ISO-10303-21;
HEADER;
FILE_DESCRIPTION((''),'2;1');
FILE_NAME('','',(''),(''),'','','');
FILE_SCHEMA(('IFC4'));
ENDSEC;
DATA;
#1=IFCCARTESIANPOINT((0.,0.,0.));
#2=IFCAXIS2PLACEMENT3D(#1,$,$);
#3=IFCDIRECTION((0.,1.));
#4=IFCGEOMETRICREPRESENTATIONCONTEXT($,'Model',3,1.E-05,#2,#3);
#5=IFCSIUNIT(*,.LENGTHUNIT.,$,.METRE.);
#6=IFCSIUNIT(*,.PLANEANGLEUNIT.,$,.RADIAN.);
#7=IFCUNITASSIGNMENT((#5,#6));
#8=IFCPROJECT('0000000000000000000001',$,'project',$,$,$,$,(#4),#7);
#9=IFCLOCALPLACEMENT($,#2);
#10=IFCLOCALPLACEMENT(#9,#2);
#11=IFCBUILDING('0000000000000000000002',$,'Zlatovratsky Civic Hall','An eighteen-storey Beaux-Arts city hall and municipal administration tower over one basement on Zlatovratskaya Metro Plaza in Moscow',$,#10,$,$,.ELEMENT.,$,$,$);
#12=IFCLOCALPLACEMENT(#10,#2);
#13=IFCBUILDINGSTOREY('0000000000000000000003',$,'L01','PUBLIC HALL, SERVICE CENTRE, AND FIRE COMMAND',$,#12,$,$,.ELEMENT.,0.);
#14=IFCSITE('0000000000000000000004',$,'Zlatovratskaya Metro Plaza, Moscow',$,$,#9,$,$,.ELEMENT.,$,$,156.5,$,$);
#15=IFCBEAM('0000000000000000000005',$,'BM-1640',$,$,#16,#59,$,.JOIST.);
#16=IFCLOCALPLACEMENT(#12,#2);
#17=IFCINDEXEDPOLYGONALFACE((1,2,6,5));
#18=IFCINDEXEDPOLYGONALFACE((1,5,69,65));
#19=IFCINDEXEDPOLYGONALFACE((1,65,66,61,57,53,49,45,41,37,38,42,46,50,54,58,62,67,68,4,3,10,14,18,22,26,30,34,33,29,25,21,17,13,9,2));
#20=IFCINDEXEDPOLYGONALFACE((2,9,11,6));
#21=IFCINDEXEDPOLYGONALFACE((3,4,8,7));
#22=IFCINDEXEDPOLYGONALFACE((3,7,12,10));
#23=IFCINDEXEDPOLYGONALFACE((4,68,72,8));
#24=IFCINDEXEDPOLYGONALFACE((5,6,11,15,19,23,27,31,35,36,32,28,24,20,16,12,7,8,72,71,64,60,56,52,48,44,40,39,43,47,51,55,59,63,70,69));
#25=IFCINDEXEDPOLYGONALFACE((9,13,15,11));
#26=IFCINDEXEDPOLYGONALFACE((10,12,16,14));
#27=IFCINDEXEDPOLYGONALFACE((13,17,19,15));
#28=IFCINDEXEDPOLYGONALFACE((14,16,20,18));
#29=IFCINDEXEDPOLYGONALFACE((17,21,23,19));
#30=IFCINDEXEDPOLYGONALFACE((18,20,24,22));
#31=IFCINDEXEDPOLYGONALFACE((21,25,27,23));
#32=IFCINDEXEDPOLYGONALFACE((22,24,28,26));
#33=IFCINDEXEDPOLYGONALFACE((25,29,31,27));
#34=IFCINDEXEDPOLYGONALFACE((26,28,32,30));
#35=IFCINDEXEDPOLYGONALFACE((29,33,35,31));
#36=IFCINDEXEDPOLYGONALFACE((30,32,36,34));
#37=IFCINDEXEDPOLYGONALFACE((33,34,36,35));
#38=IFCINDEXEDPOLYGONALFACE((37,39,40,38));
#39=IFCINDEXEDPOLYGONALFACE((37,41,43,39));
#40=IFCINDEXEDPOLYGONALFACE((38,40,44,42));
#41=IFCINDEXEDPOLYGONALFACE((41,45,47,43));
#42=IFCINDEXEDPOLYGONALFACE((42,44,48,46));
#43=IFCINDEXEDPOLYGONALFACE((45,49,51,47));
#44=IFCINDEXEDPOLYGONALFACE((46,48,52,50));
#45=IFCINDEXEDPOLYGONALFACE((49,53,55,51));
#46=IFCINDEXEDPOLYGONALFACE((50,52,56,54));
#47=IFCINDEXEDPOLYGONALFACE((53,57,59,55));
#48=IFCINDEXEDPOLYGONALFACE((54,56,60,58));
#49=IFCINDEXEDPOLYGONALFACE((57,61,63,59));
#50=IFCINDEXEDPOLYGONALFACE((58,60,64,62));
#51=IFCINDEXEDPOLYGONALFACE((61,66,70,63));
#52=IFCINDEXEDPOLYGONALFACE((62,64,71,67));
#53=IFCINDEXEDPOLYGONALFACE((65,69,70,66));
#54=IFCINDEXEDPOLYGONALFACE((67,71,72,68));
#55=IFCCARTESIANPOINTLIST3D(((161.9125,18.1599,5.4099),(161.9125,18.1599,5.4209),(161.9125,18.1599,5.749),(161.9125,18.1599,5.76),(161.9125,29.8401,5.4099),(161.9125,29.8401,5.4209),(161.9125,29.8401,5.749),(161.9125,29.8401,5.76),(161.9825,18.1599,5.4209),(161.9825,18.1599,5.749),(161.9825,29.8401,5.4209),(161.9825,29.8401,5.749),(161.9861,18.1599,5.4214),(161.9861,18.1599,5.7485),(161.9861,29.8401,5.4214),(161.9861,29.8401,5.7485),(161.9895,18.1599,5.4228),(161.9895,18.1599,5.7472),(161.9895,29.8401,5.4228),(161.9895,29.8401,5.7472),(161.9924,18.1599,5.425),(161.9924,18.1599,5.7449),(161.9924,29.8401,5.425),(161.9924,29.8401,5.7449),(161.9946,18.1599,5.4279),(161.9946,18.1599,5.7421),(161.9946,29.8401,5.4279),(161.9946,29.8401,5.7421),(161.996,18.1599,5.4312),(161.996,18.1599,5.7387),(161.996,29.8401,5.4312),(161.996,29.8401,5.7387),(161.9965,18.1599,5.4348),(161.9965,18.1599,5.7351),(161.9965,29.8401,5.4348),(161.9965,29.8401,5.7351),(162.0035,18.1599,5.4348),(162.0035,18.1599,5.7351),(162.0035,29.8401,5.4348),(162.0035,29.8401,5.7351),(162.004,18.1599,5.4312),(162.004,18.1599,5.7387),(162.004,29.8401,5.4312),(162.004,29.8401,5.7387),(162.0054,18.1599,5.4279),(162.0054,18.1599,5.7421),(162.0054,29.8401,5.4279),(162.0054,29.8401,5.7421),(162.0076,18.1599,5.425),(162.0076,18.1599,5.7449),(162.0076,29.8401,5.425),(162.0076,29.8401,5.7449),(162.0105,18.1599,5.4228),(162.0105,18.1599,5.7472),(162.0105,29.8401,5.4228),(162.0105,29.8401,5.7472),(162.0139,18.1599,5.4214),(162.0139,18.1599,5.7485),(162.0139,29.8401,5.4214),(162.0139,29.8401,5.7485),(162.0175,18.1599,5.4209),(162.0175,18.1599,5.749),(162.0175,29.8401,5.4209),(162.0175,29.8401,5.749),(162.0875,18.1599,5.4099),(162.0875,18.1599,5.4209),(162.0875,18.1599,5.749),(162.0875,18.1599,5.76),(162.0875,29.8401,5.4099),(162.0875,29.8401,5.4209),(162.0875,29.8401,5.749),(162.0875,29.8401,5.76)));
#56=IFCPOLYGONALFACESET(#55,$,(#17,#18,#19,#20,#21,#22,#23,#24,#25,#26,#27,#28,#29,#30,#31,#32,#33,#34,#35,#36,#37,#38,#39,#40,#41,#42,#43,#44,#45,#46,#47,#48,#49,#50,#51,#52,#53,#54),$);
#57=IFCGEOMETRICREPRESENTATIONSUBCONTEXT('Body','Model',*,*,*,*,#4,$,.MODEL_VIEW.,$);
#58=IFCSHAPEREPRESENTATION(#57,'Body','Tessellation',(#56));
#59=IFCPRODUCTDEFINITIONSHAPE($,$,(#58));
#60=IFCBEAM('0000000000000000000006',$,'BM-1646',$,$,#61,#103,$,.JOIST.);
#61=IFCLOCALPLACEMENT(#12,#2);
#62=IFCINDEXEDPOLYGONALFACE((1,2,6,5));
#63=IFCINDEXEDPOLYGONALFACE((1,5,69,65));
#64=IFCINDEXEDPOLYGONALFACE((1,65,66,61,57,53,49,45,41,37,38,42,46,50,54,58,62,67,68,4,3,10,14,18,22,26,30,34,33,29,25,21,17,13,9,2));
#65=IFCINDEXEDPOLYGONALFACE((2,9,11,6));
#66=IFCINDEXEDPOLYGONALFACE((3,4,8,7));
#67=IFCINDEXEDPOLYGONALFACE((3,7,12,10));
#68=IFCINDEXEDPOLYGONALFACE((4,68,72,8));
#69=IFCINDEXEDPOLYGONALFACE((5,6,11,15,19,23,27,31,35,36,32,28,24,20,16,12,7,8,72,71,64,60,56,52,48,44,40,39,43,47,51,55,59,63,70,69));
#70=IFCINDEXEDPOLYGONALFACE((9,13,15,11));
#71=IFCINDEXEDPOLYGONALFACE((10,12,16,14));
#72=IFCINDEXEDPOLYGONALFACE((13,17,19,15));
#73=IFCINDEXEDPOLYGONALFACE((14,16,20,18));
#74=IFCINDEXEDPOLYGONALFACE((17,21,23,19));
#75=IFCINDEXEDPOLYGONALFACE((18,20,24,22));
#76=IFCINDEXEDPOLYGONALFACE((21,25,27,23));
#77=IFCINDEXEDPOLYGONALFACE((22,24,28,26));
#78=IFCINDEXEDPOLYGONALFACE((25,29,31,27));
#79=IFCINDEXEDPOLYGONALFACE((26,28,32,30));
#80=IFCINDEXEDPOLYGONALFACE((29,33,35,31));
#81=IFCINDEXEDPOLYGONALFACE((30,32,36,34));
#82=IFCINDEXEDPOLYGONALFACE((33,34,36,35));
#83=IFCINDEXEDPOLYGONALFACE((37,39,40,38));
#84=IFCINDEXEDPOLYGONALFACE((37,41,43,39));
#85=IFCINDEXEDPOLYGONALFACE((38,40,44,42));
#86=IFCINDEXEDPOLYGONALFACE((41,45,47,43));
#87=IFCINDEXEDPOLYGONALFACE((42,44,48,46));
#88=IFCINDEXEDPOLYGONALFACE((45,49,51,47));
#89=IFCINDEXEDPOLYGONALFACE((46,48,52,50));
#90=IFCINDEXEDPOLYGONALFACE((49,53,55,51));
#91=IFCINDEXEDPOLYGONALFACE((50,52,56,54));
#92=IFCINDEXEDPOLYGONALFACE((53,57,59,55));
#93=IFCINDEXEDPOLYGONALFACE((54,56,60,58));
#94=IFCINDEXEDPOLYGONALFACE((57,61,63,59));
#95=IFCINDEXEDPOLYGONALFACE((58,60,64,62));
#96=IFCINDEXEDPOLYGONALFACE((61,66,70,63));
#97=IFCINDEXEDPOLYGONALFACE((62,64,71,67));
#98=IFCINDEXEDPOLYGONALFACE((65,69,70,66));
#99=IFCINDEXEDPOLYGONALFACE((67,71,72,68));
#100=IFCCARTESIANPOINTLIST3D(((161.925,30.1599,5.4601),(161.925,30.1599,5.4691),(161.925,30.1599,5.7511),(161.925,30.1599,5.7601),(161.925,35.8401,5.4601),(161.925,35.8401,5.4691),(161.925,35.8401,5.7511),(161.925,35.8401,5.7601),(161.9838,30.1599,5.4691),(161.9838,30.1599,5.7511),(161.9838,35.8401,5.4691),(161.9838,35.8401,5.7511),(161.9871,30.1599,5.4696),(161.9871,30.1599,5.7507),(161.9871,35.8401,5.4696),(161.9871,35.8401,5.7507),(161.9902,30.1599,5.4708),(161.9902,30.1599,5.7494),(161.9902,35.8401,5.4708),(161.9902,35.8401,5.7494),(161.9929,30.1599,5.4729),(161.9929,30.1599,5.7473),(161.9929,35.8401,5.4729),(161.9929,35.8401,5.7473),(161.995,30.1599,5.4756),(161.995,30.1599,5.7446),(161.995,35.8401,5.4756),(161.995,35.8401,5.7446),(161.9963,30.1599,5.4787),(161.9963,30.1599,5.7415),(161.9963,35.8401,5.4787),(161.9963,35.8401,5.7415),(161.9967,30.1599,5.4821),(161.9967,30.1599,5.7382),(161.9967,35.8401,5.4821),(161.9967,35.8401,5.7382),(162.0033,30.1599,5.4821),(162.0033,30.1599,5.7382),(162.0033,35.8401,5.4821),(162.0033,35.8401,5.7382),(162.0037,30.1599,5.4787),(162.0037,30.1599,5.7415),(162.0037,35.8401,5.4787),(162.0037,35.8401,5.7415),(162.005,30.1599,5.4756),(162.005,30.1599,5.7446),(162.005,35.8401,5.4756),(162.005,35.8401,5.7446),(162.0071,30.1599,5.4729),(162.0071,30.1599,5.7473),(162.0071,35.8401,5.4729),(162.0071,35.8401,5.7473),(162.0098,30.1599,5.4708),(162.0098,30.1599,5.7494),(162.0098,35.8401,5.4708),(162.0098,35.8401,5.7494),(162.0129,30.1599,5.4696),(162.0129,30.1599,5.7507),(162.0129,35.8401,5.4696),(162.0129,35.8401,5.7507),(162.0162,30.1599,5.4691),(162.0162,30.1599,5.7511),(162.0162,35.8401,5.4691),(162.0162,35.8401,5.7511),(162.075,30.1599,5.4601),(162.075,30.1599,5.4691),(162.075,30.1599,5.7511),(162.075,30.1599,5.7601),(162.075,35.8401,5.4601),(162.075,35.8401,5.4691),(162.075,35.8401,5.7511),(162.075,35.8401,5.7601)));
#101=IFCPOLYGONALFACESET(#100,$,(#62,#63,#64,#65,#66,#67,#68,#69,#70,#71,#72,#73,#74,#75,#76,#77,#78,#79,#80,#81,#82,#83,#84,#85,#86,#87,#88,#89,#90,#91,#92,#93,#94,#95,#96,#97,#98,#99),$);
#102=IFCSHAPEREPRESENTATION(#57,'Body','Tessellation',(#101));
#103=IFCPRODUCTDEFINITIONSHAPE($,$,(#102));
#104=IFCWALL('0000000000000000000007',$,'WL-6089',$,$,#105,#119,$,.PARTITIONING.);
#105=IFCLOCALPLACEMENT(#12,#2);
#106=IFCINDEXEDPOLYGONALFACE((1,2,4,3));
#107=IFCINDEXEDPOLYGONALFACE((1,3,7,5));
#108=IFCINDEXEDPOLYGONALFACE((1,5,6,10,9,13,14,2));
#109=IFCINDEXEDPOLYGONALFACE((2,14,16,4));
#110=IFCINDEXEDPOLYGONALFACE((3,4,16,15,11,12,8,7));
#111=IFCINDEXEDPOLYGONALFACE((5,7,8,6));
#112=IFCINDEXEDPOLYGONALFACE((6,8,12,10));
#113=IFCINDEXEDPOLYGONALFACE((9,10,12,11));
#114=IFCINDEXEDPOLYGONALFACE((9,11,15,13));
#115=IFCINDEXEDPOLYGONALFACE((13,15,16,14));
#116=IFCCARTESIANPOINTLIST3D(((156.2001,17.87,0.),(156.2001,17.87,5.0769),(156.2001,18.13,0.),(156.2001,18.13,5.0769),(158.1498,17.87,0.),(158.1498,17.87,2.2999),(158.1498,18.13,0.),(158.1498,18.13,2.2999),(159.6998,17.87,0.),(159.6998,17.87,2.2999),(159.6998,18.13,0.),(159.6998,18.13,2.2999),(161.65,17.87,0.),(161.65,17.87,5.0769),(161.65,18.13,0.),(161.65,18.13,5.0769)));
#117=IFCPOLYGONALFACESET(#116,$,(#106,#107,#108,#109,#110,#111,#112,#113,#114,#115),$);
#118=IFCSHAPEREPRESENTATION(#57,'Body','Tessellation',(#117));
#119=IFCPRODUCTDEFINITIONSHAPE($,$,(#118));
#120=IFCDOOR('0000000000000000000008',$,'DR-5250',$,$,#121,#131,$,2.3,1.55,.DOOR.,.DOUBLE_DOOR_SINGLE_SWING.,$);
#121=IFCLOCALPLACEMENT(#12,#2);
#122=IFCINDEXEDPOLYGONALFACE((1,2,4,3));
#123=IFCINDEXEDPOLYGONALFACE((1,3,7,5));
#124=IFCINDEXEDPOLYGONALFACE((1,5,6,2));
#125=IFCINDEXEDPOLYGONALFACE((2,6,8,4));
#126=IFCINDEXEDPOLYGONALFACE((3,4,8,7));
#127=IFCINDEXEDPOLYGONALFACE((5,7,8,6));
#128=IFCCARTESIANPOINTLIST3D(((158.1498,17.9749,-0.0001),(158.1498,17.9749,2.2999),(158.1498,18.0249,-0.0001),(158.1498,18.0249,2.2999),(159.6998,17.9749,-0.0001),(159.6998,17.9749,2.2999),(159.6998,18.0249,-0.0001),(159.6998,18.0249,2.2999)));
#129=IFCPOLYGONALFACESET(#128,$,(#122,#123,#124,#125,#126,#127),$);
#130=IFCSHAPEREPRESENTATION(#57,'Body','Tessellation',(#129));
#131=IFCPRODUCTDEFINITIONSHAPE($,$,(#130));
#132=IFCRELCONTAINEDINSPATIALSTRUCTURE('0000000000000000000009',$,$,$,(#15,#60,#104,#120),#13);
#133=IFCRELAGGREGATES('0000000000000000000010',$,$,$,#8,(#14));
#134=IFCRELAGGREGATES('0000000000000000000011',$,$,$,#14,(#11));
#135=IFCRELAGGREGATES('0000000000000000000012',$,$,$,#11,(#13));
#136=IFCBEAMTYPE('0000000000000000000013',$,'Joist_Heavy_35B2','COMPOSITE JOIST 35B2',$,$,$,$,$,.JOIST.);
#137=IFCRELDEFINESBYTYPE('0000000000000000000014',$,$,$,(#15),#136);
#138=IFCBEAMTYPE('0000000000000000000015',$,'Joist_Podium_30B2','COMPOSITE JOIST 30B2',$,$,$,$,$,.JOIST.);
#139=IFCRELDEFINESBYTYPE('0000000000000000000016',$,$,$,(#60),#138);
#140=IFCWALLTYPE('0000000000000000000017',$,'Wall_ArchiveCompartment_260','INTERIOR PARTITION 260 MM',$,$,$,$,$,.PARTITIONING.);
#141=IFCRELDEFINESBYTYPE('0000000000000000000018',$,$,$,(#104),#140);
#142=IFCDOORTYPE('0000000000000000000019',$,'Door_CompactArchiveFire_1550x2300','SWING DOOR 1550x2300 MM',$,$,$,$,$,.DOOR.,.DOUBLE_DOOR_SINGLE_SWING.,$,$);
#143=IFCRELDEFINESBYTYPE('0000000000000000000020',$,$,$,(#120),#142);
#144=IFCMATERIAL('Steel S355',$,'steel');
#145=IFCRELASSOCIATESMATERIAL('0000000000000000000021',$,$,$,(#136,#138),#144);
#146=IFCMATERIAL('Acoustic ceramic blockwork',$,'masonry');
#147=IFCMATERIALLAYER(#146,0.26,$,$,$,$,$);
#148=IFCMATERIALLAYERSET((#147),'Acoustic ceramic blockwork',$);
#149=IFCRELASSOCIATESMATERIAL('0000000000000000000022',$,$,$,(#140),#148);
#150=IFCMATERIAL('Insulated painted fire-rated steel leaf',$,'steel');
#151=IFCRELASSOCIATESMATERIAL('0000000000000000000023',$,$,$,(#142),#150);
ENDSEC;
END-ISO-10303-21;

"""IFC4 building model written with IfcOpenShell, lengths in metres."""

from ifc_helpers import new_model, si_unit, direction, frame, frame_2d, origin, origin_2d, place, context, subcontext, project, spatial, rectangle, i_section, extrude, material, layer, layer_set, material_profile, profile_set, type_object, element, fill, save


model = new_model("IFC4")

# Units and contexts
model_context = context("Model", 3, precision=1e-05, world=origin(), true_north=direction((0.0, 1.0)))
body_context = subcontext(model_context, "Body", "Model", "MODEL_VIEW")
ifc_project = project(units=[si_unit("LENGTHUNIT", "METRE"), si_unit("PLANEANGLEUNIT", "RADIAN")], contexts=[model_context])

# Site, building, storey
site_placement = place(None, origin())
site = spatial("IfcSite", under=ifc_project, at=site_placement, Name="Zlatovratskaya Metro Plaza, Moscow", CompositionType="ELEMENT", RefElevation=156.5)
building_placement = place(site_placement, origin())
building = spatial("IfcBuilding", under=site, at=building_placement, Name="Zlatovratsky Civic Hall", Description="An eighteen-storey Beaux-Arts city hall and municipal administration tower over one basement on Zlatovratskaya Metro Plaza in Moscow", CompositionType="ELEMENT")
storey_placement = place(building_placement, origin())
storey = spatial("IfcBuildingStorey", under=building, at=storey_placement, Name="L01", Description="PUBLIC HALL, SERVICE CENTRE, AND FIRE COMMAND", CompositionType="ELEMENT", Elevation=0.0)

# Beams
ifc_material_1 = material(Name="Steel S355", Category="steel")
ifc_material_profile_1 = material_profile(ifc_material_1, i_section(OverallWidth=0.175, OverallDepth=0.3501, WebThickness=0.0071, FlangeThickness=0.011, FilletRadius=0.0139, at=origin_2d()), Name="35B2")
ifc_profile_set_1 = profile_set([ifc_material_profile_1], Name="Steel S355")
beam_type_1 = type_object("IfcBeamType", Name="Joist_Heavy_35B2", Description="COMPOSITE JOIST 35B2", PredefinedType="JOIST", material=ifc_profile_set_1)
beam_1_placement = place(storey_placement, frame((162.0, 18.1599, 5.585), z_axis=(0.0, 1.0, 0.0), x_axis=(-1.0, 0.0, 0.0)))
element("IfcBeam", 1, at=beam_1_placement, inside=storey, type_object=beam_type_1, Name="BM-1640", PredefinedType="JOIST", context=body_context, shape_type="SweptSolid", body=[
    extrude(i_section(OverallWidth=0.175, OverallDepth=0.3501, WebThickness=0.0071, FlangeThickness=0.011, FilletRadius=0.0139, at=origin_2d()), origin(), (0.0, 0.0, 1.0), 11.6802),
])
ifc_material_profile_2 = material_profile(ifc_material_1, i_section(OverallWidth=0.1499, OverallDepth=0.3, WebThickness=0.0066, FlangeThickness=0.009, FilletRadius=0.0129, at=origin_2d()), Name="30B2")
ifc_profile_set_2 = profile_set([ifc_material_profile_2], Name="Steel S355")
beam_type_2 = type_object("IfcBeamType", Name="Joist_Podium_30B2", Description="COMPOSITE JOIST 30B2", PredefinedType="JOIST", material=ifc_profile_set_2)
beam_2_placement = place(storey_placement, frame((162.0, 30.1599, 5.6101), z_axis=(0.0, 1.0, 0.0), x_axis=(-1.0, 0.0, 0.0)))
element("IfcBeam", 2, at=beam_2_placement, inside=storey, type_object=beam_type_2, Name="BM-1646", PredefinedType="JOIST", context=body_context, shape_type="SweptSolid", body=[
    extrude(i_section(OverallWidth=0.1499, OverallDepth=0.3, WebThickness=0.0066, FlangeThickness=0.009, FilletRadius=0.0129, at=origin_2d()), origin(), (0.0, 0.0, 1.0), 5.6802),
])

# Wall, opening, door
ifc_material_2 = material(Name="Acoustic ceramic blockwork", Category="masonry")
ifc_layer_1 = layer(ifc_material_2, 0.26)
ifc_layer_set_1 = layer_set([ifc_layer_1], Name="Acoustic ceramic blockwork")
wall_type_1 = type_object("IfcWallType", Name="Wall_ArchiveCompartment_260", Description="INTERIOR PARTITION 260 MM", PredefinedType="PARTITIONING", material=ifc_layer_set_1)
wall_1_placement = place(storey_placement, frame((156.2, 18.0, 0.0), z_axis=(0.0, 0.0, 1.0), x_axis=(1.0, 0.0, 0.0)))
wall_1 = element("IfcWall", 3, at=wall_1_placement, inside=storey, type_object=wall_type_1, Name="WL-6089", PredefinedType="PARTITIONING", context=body_context, shape_type="SweptSolid", body=[
    extrude(rectangle(XDim=5.45, YDim=0.26, at=frame_2d((2.7251, 0.0))), origin(), (0.0, 0.0, 1.0), 5.0769),
])
opening_1_placement = place(wall_1_placement, frame((1.95, 0.0, 0.0)))
opening_1 = element("IfcOpeningElement", 4, at=opening_1_placement, cuts=wall_1, PredefinedType="OPENING", context=body_context, shape_type="SweptSolid", body=[
    extrude(rectangle(XDim=1.55, YDim=2.3, at=frame_2d((0.7749, 1.1499))), frame((0.0, 0.145, 0.0), z_axis=(0.0, -1.0, 0.0), x_axis=(1.0, 0.0, 0.0)), (0.0, 0.0, 1.0), 0.2898),
])
ifc_material_3 = material(Name="Insulated painted fire-rated steel leaf", Category="steel")
door_type = type_object("IfcDoorType", Name="Door_CompactArchiveFire_1550x2300", Description="SWING DOOR 1550x2300 MM", OperationType="DOUBLE_DOOR_SINGLE_SWING", PredefinedType="DOOR", material=ifc_material_3)
door_placement = place(opening_1_placement, origin())
door = element("IfcDoor", 5, at=door_placement, inside=storey, type_object=door_type, Name="DR-5250", OperationType="DOUBLE_DOOR_SINGLE_SWING", OverallHeight=2.3, OverallWidth=1.55, PredefinedType="DOOR", context=body_context, shape_type="SweptSolid", body=[
    extrude(rectangle(XDim=1.55, YDim=2.3, at=frame_2d((0.7749, 1.1499))), frame((0.0, 0.0249, 0.0), z_axis=(0.0, -1.0, 0.0), x_axis=(1.0, 0.0, 0.0)), (0.0, 0.0, 1.0), 0.05),
])
fill(opening_1, door)

save(model, "model.ifc")
